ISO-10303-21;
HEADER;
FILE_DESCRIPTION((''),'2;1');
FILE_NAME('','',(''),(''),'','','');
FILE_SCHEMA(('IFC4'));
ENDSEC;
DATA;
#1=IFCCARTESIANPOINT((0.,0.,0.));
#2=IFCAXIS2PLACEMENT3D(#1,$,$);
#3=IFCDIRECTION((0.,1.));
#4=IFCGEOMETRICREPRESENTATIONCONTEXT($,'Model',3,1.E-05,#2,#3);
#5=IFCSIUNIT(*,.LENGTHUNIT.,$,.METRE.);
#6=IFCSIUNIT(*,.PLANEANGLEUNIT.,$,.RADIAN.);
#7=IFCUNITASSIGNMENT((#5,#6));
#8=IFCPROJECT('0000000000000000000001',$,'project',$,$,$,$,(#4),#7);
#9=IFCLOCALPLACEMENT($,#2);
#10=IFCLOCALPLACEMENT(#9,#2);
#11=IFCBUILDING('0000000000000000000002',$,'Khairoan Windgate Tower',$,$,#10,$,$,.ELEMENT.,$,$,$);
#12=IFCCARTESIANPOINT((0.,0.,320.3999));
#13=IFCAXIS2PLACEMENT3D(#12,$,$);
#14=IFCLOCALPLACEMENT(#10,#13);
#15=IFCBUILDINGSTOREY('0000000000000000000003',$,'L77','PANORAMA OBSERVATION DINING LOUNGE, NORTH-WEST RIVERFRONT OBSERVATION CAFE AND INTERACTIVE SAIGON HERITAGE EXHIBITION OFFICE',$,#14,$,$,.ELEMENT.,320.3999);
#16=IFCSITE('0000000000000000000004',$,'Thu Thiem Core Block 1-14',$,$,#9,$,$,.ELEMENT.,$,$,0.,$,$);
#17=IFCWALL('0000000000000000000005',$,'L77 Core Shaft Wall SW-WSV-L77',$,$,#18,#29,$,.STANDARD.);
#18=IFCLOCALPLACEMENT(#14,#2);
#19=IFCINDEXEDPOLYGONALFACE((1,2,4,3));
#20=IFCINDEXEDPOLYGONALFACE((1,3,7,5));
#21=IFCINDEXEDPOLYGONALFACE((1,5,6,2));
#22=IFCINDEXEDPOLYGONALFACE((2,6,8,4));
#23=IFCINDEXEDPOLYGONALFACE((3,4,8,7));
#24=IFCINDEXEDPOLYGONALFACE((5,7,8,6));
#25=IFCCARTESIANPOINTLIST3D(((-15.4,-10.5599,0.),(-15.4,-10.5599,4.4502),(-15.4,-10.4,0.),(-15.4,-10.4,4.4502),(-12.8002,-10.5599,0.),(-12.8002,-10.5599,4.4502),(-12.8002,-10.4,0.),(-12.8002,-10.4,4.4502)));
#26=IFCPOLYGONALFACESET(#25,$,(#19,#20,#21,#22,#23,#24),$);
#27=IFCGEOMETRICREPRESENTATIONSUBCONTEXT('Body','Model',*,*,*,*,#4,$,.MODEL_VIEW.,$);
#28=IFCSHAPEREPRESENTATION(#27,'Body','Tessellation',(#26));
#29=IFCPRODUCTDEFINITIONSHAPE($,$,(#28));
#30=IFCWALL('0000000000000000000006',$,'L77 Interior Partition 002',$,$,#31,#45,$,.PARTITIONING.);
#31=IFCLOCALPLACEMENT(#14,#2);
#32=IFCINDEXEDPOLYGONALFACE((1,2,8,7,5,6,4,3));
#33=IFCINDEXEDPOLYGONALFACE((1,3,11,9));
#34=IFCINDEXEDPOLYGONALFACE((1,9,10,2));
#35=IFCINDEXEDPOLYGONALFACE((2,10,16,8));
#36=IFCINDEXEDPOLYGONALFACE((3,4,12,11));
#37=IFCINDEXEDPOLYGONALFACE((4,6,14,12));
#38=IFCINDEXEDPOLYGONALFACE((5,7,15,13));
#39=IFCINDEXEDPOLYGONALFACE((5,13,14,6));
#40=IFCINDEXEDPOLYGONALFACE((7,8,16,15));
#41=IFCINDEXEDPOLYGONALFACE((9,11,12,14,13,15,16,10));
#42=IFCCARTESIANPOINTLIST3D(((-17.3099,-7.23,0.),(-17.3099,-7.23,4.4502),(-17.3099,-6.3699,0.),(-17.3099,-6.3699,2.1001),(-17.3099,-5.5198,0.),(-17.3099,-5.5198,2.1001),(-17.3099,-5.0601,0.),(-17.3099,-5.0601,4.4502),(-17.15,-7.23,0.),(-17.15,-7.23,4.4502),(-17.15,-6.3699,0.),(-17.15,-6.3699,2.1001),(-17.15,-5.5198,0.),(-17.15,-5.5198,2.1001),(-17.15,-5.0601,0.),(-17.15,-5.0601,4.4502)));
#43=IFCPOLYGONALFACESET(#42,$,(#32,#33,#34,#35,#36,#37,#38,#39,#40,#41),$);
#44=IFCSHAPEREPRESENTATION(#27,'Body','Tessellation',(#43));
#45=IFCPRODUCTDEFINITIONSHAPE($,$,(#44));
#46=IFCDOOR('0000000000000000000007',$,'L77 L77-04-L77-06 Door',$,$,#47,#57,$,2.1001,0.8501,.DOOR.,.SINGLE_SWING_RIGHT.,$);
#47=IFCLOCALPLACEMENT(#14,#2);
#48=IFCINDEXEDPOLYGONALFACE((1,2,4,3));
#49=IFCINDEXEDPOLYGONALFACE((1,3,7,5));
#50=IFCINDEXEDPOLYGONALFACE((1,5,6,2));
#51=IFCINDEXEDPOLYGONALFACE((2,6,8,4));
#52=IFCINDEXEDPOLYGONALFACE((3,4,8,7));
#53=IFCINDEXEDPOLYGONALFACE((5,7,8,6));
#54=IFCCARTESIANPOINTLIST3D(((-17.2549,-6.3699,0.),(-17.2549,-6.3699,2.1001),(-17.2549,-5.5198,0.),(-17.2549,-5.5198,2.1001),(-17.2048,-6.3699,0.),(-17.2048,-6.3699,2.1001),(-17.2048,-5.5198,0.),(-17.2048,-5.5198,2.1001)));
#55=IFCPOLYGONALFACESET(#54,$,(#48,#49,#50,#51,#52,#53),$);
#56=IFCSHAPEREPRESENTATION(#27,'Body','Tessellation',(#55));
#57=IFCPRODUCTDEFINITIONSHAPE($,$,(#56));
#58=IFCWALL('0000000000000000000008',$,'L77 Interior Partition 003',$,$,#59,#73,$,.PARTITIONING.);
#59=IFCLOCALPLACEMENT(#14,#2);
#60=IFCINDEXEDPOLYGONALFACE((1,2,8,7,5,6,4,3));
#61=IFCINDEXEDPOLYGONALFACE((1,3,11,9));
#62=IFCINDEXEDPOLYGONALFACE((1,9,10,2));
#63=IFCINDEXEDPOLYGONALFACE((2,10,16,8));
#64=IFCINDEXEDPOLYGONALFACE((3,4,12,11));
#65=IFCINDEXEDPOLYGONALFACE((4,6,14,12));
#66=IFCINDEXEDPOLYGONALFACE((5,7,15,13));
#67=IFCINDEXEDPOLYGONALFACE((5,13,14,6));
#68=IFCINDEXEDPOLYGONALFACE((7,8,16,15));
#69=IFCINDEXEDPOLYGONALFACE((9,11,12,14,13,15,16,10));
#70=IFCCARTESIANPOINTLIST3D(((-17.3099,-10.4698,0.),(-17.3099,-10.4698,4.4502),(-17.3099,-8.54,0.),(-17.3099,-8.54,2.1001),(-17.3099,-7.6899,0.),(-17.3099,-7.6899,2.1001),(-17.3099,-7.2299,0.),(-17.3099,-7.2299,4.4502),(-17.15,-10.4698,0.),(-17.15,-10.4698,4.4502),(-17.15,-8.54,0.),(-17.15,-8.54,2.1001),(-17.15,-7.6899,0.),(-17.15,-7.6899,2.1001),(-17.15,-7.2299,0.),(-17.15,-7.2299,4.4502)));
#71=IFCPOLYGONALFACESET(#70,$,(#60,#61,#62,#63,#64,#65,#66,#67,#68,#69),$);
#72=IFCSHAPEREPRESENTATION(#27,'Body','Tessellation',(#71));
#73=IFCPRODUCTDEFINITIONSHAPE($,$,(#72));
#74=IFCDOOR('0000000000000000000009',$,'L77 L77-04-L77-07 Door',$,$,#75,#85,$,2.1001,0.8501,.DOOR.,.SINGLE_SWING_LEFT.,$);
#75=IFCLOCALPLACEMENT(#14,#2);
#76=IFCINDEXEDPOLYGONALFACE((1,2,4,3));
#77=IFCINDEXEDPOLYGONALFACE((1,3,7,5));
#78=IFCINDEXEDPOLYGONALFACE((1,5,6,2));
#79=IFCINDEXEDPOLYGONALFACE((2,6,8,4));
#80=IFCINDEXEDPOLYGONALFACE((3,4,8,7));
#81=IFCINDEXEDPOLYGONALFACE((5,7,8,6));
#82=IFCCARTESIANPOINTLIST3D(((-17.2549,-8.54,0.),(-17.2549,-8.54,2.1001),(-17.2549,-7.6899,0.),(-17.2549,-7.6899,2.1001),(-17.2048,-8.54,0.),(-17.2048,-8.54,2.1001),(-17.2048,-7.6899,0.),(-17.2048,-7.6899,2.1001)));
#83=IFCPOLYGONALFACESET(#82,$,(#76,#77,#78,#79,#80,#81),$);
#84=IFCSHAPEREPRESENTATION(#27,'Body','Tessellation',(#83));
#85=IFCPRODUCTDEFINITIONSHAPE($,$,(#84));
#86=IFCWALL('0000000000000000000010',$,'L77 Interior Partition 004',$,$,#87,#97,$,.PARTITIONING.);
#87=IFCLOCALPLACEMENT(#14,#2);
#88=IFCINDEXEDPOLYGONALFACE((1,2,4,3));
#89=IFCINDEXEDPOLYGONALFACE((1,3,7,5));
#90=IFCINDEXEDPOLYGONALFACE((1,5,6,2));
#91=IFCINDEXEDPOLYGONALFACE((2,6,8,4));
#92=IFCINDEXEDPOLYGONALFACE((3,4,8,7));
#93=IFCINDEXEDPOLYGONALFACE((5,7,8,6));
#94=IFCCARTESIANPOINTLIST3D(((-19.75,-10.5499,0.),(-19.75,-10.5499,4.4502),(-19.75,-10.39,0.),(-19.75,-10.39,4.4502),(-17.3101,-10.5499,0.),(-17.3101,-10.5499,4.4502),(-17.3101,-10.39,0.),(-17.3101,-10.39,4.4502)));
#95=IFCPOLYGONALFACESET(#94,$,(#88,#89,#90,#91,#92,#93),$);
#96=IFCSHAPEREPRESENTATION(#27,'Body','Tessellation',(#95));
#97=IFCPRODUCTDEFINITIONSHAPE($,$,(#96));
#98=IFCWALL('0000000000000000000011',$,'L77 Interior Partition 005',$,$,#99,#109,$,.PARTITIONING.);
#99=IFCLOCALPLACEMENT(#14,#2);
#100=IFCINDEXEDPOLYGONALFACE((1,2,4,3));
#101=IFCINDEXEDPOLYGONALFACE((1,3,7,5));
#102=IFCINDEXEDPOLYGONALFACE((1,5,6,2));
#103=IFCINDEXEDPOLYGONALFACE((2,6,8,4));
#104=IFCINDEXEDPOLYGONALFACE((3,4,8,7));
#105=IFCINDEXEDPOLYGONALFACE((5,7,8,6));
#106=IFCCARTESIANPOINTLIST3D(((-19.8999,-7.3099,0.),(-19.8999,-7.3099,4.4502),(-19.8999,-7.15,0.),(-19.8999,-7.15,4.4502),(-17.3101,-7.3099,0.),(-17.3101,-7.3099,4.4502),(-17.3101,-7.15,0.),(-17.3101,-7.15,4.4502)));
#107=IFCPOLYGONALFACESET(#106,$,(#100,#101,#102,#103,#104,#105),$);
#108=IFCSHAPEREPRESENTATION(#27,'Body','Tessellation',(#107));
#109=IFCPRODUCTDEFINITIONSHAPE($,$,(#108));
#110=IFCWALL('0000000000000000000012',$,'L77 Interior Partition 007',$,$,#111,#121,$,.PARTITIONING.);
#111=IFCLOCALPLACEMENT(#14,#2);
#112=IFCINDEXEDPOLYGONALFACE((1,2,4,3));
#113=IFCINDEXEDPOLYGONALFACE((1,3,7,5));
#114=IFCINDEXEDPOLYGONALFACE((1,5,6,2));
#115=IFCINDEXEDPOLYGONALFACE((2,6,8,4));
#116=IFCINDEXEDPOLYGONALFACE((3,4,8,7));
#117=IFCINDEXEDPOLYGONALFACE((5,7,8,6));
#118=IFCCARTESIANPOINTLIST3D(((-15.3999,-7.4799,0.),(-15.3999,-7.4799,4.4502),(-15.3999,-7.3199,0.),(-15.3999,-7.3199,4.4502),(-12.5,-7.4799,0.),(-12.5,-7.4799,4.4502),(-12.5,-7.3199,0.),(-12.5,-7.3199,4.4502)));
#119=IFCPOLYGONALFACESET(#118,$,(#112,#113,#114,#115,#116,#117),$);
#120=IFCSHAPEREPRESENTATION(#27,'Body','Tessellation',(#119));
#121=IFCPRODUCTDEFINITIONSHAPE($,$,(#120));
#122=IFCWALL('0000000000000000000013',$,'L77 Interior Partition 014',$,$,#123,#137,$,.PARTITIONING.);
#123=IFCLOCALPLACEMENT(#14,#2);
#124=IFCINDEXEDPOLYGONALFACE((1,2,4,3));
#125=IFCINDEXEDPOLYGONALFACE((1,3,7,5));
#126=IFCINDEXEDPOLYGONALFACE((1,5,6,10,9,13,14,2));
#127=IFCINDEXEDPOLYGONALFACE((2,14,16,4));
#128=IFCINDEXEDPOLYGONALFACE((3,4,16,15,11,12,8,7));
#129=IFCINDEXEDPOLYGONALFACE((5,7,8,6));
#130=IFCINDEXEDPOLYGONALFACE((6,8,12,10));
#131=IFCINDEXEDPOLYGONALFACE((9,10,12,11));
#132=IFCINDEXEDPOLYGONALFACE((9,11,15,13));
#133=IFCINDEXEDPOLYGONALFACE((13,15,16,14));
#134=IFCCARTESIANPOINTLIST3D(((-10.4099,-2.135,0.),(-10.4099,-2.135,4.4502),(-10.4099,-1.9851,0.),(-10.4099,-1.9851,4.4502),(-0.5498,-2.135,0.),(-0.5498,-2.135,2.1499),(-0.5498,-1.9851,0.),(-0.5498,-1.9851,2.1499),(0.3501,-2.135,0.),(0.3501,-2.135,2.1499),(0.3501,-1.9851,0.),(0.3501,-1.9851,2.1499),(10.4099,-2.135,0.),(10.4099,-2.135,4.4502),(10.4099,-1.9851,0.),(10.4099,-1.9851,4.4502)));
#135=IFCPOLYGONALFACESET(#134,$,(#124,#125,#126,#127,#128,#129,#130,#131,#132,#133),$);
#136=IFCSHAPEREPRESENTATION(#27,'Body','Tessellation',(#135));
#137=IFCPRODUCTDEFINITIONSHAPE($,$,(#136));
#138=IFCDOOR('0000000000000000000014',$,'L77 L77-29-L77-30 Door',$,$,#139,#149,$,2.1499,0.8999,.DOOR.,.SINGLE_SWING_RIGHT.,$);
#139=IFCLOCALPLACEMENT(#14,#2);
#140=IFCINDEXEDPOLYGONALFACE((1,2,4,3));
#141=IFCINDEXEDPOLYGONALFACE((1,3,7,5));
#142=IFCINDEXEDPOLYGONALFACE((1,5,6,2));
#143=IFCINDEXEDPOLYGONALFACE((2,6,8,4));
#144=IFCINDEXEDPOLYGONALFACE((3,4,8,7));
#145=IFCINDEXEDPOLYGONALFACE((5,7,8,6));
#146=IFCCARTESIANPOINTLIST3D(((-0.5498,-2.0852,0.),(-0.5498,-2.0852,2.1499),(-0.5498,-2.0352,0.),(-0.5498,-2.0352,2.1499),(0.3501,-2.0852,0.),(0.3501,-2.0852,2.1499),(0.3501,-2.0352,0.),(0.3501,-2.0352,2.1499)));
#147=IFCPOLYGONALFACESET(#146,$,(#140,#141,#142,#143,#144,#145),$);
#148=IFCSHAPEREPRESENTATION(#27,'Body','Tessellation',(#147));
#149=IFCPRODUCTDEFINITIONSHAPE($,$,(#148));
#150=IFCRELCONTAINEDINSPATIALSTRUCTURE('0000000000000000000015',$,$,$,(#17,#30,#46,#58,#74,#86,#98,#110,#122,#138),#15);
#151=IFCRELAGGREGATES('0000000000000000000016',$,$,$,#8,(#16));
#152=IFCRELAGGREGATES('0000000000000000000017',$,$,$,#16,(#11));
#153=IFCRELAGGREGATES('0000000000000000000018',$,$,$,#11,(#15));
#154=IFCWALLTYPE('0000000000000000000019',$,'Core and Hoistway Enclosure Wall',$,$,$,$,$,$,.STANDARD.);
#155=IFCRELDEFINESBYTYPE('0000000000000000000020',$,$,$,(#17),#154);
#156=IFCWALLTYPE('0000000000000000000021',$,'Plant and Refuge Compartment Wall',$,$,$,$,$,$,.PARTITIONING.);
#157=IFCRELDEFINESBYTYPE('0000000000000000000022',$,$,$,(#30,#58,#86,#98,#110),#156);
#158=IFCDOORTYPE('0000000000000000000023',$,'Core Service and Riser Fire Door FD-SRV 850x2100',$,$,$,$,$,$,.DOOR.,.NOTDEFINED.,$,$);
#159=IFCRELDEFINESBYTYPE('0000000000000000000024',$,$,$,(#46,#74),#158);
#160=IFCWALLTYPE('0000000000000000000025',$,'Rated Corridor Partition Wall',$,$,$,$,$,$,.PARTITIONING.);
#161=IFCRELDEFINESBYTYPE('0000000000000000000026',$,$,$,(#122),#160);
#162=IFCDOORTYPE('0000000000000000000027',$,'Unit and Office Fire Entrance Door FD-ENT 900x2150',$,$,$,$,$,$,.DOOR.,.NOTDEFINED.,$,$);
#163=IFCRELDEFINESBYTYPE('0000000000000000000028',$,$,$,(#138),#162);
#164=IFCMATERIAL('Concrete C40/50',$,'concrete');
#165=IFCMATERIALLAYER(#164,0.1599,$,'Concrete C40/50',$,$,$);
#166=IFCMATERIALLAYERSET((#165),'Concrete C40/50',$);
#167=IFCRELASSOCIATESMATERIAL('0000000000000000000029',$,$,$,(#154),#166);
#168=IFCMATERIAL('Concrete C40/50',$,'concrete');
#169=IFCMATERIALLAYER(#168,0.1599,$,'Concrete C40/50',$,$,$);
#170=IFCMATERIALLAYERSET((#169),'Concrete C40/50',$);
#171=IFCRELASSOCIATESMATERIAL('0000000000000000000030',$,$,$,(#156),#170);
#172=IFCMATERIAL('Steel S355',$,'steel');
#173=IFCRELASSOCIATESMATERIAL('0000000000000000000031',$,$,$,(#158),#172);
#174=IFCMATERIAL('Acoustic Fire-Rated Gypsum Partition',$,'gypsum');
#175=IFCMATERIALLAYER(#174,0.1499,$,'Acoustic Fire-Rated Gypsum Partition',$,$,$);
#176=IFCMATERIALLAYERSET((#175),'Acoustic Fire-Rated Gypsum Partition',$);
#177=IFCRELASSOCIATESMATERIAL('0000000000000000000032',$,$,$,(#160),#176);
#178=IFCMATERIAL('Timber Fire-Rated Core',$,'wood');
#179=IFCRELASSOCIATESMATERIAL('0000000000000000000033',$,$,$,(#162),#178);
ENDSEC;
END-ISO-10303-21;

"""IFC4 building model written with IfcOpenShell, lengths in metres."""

from ifc_helpers import new_model, si_unit, direction, frame, frame_2d, origin, place, context, subcontext, project, spatial, rectangle, extrude, material, layer, layer_set, type_object, element, fill, save


model = new_model("IFC4")

# Units and contexts
model_context = context("Model", 3, precision=1e-05, world=origin(), true_north=direction((0.0, 1.0)))
body_context = subcontext(model_context, "Body", "Model", "MODEL_VIEW")
ifc_project = project(units=[si_unit("LENGTHUNIT", "METRE"), si_unit("PLANEANGLEUNIT", "RADIAN")], contexts=[model_context])

# Site, building, storey
site_placement = place(None, origin())
site = spatial("IfcSite", under=ifc_project, at=site_placement, Name="Thu Thiem Core Block 1-14", CompositionType="ELEMENT", RefElevation=0.0)
building_placement = place(site_placement, origin())
building = spatial("IfcBuilding", under=site, at=building_placement, Name="Khairoan Windgate Tower", CompositionType="ELEMENT")
storey_placement = place(building_placement, frame((0.0, 0.0, 320.3999)))
storey = spatial("IfcBuildingStorey", under=building, at=storey_placement, Name="L77", Description="PANORAMA OBSERVATION DINING LOUNGE, NORTH-WEST RIVERFRONT OBSERVATION CAFE AND INTERACTIVE SAIGON HERITAGE EXHIBITION OFFICE", CompositionType="ELEMENT", Elevation=320.3999)

# Shared definitions
ifc_material_1 = material(Name="Concrete C40/50", Category="concrete")
ifc_layer_1 = layer(ifc_material_1, 0.1599, Name="Concrete C40/50")
ifc_layer_set_1 = layer_set([ifc_layer_1], Name="Concrete C40/50")
wall_type_1 = type_object("IfcWallType", Name="Core and Hoistway Enclosure Wall", PredefinedType="STANDARD", material=ifc_layer_set_1)

# Wall
for number, where, z_axis, x_axis, name in (
    (1, (-15.3999, -10.48, 0.0), (0.0, 0.0, 1.0), (1.0, 0.0, 0.0), "L77 Core Shaft Wall SW-WSV-L77"),
):
    element("IfcWall", number, at=place(storey_placement, frame(where, z_axis=z_axis, x_axis=x_axis)), inside=storey, type_object=wall_type_1, Name=name, PredefinedType="STANDARD", context=body_context, shape_type="SweptSolid", body=[
        extrude(rectangle(XDim=2.5999, YDim=0.1599, at=frame_2d((1.2998, 0.0))), origin(), (0.0, 0.0, 1.0), 4.4502),
    ])

# Walls, openings, doors
ifc_material_2 = material(Name="Concrete C40/50", Category="concrete")
ifc_layer_2 = layer(ifc_material_2, 0.1599, Name="Concrete C40/50")
ifc_layer_set_2 = layer_set([ifc_layer_2], Name="Concrete C40/50")
wall_type_2 = type_object("IfcWallType", Name="Plant and Refuge Compartment Wall", PredefinedType="PARTITIONING", material=ifc_layer_set_2)
wall_1_placement = place(storey_placement, frame((-17.23, -7.23, 0.0), z_axis=(0.0, 0.0, 1.0), x_axis=(0.0, 1.0, 0.0)))
wall_1 = element("IfcWall", 2, at=wall_1_placement, inside=storey, type_object=wall_type_2, Name="L77 Interior Partition 002", PredefinedType="PARTITIONING", context=body_context, shape_type="SweptSolid", body=[
    extrude(rectangle(XDim=2.1699, YDim=0.1599, at=frame_2d((1.085, 0.0))), origin(), (0.0, 0.0, 1.0), 4.4502),
])
opening_1_placement = place(wall_1_placement, frame((0.8601, 0.0, 0.0)))
opening_1 = element("IfcOpeningElement", 3, at=opening_1_placement, cuts=wall_1, PredefinedType="OPENING", context=body_context, shape_type="SweptSolid", body=[
    extrude(rectangle(XDim=0.8501, YDim=2.1001, at=frame_2d((0.425, 1.05))), frame((0.0, 0.0898, 0.0), z_axis=(0.0, -1.0, 0.0), x_axis=(1.0, 0.0, 0.0)), (0.0, 0.0, 1.0), 0.1799),
])
ifc_material_3 = material(Name="Steel S355", Category="steel")
door_type_1 = type_object("IfcDoorType", Name="Core Service and Riser Fire Door FD-SRV 850x2100", OperationType="NOTDEFINED", PredefinedType="DOOR", material=ifc_material_3)
door_1_placement = place(opening_1_placement, origin())
door_1 = element("IfcDoor", 4, at=door_1_placement, inside=storey, type_object=door_type_1, Name="L77 L77-04-L77-06 Door", OperationType="SINGLE_SWING_RIGHT", OverallHeight=2.1001, OverallWidth=0.8501, PredefinedType="DOOR", context=body_context, shape_type="SweptSolid", body=[
    extrude(rectangle(XDim=0.8501, YDim=2.1001, at=frame_2d((0.425, 1.05))), frame((0.0, 0.0249, 0.0), z_axis=(0.0, -1.0, 0.0), x_axis=(1.0, 0.0, 0.0)), (0.0, 0.0, 1.0), 0.05),
])
fill(opening_1, door_1)
wall_2_placement = place(storey_placement, frame((-17.23, -10.47, 0.0), z_axis=(0.0, 0.0, 1.0), x_axis=(0.0, 1.0, 0.0)))
wall_2 = element("IfcWall", 5, at=wall_2_placement, inside=storey, type_object=wall_type_2, Name="L77 Interior Partition 003", PredefinedType="PARTITIONING", context=body_context, shape_type="SweptSolid", body=[
    extrude(rectangle(XDim=3.24, YDim=0.1599, at=frame_2d((1.6201, 0.0))), origin(), (0.0, 0.0, 1.0), 4.4502),
])
opening_2_placement = place(wall_2_placement, frame((1.9299, 0.0, 0.0)))
opening_2 = element("IfcOpeningElement", 6, at=opening_2_placement, cuts=wall_2, PredefinedType="OPENING", context=body_context, shape_type="SweptSolid", body=[
    extrude(rectangle(XDim=0.8501, YDim=2.1001, at=frame_2d((0.425, 1.05))), frame((0.0, 0.0898, 0.0), z_axis=(0.0, -1.0, 0.0), x_axis=(1.0, 0.0, 0.0)), (0.0, 0.0, 1.0), 0.1799),
])
door_2_placement = place(opening_2_placement, origin())
door_2 = element("IfcDoor", 7, at=door_2_placement, inside=storey, type_object=door_type_1, Name="L77 L77-04-L77-07 Door", OperationType="SINGLE_SWING_LEFT", OverallHeight=2.1001, OverallWidth=0.8501, PredefinedType="DOOR", context=body_context, shape_type="SweptSolid", body=[
    extrude(rectangle(XDim=0.8501, YDim=2.1001, at=frame_2d((0.425, 1.05))), frame((0.0, 0.0249, 0.0), z_axis=(0.0, -1.0, 0.0), x_axis=(1.0, 0.0, 0.0)), (0.0, 0.0, 1.0), 0.05),
])
fill(opening_2, door_2)

# Walls
wall_3_placement = place(storey_placement, frame((-19.75, -10.47, 0.0), z_axis=(0.0, 0.0, 1.0), x_axis=(1.0, 0.0, 0.0)))
element("IfcWall", 8, at=wall_3_placement, inside=storey, type_object=wall_type_2, Name="L77 Interior Partition 004", PredefinedType="PARTITIONING", context=body_context, shape_type="SweptSolid", body=[
    extrude(rectangle(XDim=2.4399, YDim=0.1599, at=frame_2d((1.22, 0.0))), origin(), (0.0, 0.0, 1.0), 4.4502),
])
wall_4_placement = place(storey_placement, frame((-19.8999, -7.23, 0.0), z_axis=(0.0, 0.0, 1.0), x_axis=(1.0, 0.0, 0.0)))
element("IfcWall", 9, at=wall_4_placement, inside=storey, type_object=wall_type_2, Name="L77 Interior Partition 005", PredefinedType="PARTITIONING", context=body_context, shape_type="SweptSolid", body=[
    extrude(rectangle(XDim=2.5898, YDim=0.1599, at=frame_2d((1.2949, 0.0))), origin(), (0.0, 0.0, 1.0), 4.4502),
])
wall_5_placement = place(storey_placement, frame((-15.3999, -7.3999, 0.0), z_axis=(0.0, 0.0, 1.0), x_axis=(1.0, 0.0, 0.0)))
element("IfcWall", 10, at=wall_5_placement, inside=storey, type_object=wall_type_2, Name="L77 Interior Partition 007", PredefinedType="PARTITIONING", context=body_context, shape_type="SweptSolid", body=[
    extrude(rectangle(XDim=2.8999, YDim=0.1599, at=frame_2d((1.45, 0.0))), origin(), (0.0, 0.0, 1.0), 4.4502),
])

# Wall, opening, door
ifc_material_4 = material(Name="Acoustic Fire-Rated Gypsum Partition", Category="gypsum")
ifc_layer_3 = layer(ifc_material_4, 0.1499, Name="Acoustic Fire-Rated Gypsum Partition")
ifc_layer_set_3 = layer_set([ifc_layer_3], Name="Acoustic Fire-Rated Gypsum Partition")
wall_type_3 = type_object("IfcWallType", Name="Rated Corridor Partition Wall", PredefinedType="PARTITIONING", material=ifc_layer_set_3)
wall_6_placement = place(storey_placement, frame((-10.4099, -2.0601, 0.0), z_axis=(0.0, 0.0, 1.0), x_axis=(1.0, 0.0, 0.0)))
wall_6 = element("IfcWall", 11, at=wall_6_placement, inside=storey, type_object=wall_type_3, Name="L77 Interior Partition 014", PredefinedType="PARTITIONING", context=body_context, shape_type="SweptSolid", body=[
    extrude(rectangle(XDim=20.8198, YDim=0.1499, at=frame_2d((10.4099, 0.0))), origin(), (0.0, 0.0, 1.0), 4.4502),
])
opening_3_placement = place(wall_6_placement, frame((9.8601, 0.0, 0.0)))
opening_3 = element("IfcOpeningElement", 12, at=opening_3_placement, cuts=wall_6, PredefinedType="OPENING", context=body_context, shape_type="SweptSolid", body=[
    extrude(rectangle(XDim=0.8999, YDim=2.1499, at=frame_2d((0.45, 1.075))), frame((0.0, 0.085, 0.0), z_axis=(0.0, -1.0, 0.0), x_axis=(1.0, 0.0, 0.0)), (0.0, 0.0, 1.0), 0.1699),
])
ifc_material_5 = material(Name="Timber Fire-Rated Core", Category="wood")
door_type_2 = type_object("IfcDoorType", Name="Unit and Office Fire Entrance Door FD-ENT 900x2150", OperationType="NOTDEFINED", PredefinedType="DOOR", material=ifc_material_5)
door_3_placement = place(opening_3_placement, origin())
door_3 = element("IfcDoor", 13, at=door_3_placement, inside=storey, type_object=door_type_2, Name="L77 L77-29-L77-30 Door", OperationType="SINGLE_SWING_RIGHT", OverallHeight=2.1499, OverallWidth=0.8999, PredefinedType="DOOR", context=body_context, shape_type="SweptSolid", body=[
    extrude(rectangle(XDim=0.8999, YDim=2.1499, at=frame_2d((0.45, 1.075))), frame((0.0, 0.0249, 0.0), z_axis=(0.0, -1.0, 0.0), x_axis=(1.0, 0.0, 0.0)), (0.0, 0.0, 1.0), 0.05),
])
fill(opening_3, door_3)

save(model, "model.ifc")
